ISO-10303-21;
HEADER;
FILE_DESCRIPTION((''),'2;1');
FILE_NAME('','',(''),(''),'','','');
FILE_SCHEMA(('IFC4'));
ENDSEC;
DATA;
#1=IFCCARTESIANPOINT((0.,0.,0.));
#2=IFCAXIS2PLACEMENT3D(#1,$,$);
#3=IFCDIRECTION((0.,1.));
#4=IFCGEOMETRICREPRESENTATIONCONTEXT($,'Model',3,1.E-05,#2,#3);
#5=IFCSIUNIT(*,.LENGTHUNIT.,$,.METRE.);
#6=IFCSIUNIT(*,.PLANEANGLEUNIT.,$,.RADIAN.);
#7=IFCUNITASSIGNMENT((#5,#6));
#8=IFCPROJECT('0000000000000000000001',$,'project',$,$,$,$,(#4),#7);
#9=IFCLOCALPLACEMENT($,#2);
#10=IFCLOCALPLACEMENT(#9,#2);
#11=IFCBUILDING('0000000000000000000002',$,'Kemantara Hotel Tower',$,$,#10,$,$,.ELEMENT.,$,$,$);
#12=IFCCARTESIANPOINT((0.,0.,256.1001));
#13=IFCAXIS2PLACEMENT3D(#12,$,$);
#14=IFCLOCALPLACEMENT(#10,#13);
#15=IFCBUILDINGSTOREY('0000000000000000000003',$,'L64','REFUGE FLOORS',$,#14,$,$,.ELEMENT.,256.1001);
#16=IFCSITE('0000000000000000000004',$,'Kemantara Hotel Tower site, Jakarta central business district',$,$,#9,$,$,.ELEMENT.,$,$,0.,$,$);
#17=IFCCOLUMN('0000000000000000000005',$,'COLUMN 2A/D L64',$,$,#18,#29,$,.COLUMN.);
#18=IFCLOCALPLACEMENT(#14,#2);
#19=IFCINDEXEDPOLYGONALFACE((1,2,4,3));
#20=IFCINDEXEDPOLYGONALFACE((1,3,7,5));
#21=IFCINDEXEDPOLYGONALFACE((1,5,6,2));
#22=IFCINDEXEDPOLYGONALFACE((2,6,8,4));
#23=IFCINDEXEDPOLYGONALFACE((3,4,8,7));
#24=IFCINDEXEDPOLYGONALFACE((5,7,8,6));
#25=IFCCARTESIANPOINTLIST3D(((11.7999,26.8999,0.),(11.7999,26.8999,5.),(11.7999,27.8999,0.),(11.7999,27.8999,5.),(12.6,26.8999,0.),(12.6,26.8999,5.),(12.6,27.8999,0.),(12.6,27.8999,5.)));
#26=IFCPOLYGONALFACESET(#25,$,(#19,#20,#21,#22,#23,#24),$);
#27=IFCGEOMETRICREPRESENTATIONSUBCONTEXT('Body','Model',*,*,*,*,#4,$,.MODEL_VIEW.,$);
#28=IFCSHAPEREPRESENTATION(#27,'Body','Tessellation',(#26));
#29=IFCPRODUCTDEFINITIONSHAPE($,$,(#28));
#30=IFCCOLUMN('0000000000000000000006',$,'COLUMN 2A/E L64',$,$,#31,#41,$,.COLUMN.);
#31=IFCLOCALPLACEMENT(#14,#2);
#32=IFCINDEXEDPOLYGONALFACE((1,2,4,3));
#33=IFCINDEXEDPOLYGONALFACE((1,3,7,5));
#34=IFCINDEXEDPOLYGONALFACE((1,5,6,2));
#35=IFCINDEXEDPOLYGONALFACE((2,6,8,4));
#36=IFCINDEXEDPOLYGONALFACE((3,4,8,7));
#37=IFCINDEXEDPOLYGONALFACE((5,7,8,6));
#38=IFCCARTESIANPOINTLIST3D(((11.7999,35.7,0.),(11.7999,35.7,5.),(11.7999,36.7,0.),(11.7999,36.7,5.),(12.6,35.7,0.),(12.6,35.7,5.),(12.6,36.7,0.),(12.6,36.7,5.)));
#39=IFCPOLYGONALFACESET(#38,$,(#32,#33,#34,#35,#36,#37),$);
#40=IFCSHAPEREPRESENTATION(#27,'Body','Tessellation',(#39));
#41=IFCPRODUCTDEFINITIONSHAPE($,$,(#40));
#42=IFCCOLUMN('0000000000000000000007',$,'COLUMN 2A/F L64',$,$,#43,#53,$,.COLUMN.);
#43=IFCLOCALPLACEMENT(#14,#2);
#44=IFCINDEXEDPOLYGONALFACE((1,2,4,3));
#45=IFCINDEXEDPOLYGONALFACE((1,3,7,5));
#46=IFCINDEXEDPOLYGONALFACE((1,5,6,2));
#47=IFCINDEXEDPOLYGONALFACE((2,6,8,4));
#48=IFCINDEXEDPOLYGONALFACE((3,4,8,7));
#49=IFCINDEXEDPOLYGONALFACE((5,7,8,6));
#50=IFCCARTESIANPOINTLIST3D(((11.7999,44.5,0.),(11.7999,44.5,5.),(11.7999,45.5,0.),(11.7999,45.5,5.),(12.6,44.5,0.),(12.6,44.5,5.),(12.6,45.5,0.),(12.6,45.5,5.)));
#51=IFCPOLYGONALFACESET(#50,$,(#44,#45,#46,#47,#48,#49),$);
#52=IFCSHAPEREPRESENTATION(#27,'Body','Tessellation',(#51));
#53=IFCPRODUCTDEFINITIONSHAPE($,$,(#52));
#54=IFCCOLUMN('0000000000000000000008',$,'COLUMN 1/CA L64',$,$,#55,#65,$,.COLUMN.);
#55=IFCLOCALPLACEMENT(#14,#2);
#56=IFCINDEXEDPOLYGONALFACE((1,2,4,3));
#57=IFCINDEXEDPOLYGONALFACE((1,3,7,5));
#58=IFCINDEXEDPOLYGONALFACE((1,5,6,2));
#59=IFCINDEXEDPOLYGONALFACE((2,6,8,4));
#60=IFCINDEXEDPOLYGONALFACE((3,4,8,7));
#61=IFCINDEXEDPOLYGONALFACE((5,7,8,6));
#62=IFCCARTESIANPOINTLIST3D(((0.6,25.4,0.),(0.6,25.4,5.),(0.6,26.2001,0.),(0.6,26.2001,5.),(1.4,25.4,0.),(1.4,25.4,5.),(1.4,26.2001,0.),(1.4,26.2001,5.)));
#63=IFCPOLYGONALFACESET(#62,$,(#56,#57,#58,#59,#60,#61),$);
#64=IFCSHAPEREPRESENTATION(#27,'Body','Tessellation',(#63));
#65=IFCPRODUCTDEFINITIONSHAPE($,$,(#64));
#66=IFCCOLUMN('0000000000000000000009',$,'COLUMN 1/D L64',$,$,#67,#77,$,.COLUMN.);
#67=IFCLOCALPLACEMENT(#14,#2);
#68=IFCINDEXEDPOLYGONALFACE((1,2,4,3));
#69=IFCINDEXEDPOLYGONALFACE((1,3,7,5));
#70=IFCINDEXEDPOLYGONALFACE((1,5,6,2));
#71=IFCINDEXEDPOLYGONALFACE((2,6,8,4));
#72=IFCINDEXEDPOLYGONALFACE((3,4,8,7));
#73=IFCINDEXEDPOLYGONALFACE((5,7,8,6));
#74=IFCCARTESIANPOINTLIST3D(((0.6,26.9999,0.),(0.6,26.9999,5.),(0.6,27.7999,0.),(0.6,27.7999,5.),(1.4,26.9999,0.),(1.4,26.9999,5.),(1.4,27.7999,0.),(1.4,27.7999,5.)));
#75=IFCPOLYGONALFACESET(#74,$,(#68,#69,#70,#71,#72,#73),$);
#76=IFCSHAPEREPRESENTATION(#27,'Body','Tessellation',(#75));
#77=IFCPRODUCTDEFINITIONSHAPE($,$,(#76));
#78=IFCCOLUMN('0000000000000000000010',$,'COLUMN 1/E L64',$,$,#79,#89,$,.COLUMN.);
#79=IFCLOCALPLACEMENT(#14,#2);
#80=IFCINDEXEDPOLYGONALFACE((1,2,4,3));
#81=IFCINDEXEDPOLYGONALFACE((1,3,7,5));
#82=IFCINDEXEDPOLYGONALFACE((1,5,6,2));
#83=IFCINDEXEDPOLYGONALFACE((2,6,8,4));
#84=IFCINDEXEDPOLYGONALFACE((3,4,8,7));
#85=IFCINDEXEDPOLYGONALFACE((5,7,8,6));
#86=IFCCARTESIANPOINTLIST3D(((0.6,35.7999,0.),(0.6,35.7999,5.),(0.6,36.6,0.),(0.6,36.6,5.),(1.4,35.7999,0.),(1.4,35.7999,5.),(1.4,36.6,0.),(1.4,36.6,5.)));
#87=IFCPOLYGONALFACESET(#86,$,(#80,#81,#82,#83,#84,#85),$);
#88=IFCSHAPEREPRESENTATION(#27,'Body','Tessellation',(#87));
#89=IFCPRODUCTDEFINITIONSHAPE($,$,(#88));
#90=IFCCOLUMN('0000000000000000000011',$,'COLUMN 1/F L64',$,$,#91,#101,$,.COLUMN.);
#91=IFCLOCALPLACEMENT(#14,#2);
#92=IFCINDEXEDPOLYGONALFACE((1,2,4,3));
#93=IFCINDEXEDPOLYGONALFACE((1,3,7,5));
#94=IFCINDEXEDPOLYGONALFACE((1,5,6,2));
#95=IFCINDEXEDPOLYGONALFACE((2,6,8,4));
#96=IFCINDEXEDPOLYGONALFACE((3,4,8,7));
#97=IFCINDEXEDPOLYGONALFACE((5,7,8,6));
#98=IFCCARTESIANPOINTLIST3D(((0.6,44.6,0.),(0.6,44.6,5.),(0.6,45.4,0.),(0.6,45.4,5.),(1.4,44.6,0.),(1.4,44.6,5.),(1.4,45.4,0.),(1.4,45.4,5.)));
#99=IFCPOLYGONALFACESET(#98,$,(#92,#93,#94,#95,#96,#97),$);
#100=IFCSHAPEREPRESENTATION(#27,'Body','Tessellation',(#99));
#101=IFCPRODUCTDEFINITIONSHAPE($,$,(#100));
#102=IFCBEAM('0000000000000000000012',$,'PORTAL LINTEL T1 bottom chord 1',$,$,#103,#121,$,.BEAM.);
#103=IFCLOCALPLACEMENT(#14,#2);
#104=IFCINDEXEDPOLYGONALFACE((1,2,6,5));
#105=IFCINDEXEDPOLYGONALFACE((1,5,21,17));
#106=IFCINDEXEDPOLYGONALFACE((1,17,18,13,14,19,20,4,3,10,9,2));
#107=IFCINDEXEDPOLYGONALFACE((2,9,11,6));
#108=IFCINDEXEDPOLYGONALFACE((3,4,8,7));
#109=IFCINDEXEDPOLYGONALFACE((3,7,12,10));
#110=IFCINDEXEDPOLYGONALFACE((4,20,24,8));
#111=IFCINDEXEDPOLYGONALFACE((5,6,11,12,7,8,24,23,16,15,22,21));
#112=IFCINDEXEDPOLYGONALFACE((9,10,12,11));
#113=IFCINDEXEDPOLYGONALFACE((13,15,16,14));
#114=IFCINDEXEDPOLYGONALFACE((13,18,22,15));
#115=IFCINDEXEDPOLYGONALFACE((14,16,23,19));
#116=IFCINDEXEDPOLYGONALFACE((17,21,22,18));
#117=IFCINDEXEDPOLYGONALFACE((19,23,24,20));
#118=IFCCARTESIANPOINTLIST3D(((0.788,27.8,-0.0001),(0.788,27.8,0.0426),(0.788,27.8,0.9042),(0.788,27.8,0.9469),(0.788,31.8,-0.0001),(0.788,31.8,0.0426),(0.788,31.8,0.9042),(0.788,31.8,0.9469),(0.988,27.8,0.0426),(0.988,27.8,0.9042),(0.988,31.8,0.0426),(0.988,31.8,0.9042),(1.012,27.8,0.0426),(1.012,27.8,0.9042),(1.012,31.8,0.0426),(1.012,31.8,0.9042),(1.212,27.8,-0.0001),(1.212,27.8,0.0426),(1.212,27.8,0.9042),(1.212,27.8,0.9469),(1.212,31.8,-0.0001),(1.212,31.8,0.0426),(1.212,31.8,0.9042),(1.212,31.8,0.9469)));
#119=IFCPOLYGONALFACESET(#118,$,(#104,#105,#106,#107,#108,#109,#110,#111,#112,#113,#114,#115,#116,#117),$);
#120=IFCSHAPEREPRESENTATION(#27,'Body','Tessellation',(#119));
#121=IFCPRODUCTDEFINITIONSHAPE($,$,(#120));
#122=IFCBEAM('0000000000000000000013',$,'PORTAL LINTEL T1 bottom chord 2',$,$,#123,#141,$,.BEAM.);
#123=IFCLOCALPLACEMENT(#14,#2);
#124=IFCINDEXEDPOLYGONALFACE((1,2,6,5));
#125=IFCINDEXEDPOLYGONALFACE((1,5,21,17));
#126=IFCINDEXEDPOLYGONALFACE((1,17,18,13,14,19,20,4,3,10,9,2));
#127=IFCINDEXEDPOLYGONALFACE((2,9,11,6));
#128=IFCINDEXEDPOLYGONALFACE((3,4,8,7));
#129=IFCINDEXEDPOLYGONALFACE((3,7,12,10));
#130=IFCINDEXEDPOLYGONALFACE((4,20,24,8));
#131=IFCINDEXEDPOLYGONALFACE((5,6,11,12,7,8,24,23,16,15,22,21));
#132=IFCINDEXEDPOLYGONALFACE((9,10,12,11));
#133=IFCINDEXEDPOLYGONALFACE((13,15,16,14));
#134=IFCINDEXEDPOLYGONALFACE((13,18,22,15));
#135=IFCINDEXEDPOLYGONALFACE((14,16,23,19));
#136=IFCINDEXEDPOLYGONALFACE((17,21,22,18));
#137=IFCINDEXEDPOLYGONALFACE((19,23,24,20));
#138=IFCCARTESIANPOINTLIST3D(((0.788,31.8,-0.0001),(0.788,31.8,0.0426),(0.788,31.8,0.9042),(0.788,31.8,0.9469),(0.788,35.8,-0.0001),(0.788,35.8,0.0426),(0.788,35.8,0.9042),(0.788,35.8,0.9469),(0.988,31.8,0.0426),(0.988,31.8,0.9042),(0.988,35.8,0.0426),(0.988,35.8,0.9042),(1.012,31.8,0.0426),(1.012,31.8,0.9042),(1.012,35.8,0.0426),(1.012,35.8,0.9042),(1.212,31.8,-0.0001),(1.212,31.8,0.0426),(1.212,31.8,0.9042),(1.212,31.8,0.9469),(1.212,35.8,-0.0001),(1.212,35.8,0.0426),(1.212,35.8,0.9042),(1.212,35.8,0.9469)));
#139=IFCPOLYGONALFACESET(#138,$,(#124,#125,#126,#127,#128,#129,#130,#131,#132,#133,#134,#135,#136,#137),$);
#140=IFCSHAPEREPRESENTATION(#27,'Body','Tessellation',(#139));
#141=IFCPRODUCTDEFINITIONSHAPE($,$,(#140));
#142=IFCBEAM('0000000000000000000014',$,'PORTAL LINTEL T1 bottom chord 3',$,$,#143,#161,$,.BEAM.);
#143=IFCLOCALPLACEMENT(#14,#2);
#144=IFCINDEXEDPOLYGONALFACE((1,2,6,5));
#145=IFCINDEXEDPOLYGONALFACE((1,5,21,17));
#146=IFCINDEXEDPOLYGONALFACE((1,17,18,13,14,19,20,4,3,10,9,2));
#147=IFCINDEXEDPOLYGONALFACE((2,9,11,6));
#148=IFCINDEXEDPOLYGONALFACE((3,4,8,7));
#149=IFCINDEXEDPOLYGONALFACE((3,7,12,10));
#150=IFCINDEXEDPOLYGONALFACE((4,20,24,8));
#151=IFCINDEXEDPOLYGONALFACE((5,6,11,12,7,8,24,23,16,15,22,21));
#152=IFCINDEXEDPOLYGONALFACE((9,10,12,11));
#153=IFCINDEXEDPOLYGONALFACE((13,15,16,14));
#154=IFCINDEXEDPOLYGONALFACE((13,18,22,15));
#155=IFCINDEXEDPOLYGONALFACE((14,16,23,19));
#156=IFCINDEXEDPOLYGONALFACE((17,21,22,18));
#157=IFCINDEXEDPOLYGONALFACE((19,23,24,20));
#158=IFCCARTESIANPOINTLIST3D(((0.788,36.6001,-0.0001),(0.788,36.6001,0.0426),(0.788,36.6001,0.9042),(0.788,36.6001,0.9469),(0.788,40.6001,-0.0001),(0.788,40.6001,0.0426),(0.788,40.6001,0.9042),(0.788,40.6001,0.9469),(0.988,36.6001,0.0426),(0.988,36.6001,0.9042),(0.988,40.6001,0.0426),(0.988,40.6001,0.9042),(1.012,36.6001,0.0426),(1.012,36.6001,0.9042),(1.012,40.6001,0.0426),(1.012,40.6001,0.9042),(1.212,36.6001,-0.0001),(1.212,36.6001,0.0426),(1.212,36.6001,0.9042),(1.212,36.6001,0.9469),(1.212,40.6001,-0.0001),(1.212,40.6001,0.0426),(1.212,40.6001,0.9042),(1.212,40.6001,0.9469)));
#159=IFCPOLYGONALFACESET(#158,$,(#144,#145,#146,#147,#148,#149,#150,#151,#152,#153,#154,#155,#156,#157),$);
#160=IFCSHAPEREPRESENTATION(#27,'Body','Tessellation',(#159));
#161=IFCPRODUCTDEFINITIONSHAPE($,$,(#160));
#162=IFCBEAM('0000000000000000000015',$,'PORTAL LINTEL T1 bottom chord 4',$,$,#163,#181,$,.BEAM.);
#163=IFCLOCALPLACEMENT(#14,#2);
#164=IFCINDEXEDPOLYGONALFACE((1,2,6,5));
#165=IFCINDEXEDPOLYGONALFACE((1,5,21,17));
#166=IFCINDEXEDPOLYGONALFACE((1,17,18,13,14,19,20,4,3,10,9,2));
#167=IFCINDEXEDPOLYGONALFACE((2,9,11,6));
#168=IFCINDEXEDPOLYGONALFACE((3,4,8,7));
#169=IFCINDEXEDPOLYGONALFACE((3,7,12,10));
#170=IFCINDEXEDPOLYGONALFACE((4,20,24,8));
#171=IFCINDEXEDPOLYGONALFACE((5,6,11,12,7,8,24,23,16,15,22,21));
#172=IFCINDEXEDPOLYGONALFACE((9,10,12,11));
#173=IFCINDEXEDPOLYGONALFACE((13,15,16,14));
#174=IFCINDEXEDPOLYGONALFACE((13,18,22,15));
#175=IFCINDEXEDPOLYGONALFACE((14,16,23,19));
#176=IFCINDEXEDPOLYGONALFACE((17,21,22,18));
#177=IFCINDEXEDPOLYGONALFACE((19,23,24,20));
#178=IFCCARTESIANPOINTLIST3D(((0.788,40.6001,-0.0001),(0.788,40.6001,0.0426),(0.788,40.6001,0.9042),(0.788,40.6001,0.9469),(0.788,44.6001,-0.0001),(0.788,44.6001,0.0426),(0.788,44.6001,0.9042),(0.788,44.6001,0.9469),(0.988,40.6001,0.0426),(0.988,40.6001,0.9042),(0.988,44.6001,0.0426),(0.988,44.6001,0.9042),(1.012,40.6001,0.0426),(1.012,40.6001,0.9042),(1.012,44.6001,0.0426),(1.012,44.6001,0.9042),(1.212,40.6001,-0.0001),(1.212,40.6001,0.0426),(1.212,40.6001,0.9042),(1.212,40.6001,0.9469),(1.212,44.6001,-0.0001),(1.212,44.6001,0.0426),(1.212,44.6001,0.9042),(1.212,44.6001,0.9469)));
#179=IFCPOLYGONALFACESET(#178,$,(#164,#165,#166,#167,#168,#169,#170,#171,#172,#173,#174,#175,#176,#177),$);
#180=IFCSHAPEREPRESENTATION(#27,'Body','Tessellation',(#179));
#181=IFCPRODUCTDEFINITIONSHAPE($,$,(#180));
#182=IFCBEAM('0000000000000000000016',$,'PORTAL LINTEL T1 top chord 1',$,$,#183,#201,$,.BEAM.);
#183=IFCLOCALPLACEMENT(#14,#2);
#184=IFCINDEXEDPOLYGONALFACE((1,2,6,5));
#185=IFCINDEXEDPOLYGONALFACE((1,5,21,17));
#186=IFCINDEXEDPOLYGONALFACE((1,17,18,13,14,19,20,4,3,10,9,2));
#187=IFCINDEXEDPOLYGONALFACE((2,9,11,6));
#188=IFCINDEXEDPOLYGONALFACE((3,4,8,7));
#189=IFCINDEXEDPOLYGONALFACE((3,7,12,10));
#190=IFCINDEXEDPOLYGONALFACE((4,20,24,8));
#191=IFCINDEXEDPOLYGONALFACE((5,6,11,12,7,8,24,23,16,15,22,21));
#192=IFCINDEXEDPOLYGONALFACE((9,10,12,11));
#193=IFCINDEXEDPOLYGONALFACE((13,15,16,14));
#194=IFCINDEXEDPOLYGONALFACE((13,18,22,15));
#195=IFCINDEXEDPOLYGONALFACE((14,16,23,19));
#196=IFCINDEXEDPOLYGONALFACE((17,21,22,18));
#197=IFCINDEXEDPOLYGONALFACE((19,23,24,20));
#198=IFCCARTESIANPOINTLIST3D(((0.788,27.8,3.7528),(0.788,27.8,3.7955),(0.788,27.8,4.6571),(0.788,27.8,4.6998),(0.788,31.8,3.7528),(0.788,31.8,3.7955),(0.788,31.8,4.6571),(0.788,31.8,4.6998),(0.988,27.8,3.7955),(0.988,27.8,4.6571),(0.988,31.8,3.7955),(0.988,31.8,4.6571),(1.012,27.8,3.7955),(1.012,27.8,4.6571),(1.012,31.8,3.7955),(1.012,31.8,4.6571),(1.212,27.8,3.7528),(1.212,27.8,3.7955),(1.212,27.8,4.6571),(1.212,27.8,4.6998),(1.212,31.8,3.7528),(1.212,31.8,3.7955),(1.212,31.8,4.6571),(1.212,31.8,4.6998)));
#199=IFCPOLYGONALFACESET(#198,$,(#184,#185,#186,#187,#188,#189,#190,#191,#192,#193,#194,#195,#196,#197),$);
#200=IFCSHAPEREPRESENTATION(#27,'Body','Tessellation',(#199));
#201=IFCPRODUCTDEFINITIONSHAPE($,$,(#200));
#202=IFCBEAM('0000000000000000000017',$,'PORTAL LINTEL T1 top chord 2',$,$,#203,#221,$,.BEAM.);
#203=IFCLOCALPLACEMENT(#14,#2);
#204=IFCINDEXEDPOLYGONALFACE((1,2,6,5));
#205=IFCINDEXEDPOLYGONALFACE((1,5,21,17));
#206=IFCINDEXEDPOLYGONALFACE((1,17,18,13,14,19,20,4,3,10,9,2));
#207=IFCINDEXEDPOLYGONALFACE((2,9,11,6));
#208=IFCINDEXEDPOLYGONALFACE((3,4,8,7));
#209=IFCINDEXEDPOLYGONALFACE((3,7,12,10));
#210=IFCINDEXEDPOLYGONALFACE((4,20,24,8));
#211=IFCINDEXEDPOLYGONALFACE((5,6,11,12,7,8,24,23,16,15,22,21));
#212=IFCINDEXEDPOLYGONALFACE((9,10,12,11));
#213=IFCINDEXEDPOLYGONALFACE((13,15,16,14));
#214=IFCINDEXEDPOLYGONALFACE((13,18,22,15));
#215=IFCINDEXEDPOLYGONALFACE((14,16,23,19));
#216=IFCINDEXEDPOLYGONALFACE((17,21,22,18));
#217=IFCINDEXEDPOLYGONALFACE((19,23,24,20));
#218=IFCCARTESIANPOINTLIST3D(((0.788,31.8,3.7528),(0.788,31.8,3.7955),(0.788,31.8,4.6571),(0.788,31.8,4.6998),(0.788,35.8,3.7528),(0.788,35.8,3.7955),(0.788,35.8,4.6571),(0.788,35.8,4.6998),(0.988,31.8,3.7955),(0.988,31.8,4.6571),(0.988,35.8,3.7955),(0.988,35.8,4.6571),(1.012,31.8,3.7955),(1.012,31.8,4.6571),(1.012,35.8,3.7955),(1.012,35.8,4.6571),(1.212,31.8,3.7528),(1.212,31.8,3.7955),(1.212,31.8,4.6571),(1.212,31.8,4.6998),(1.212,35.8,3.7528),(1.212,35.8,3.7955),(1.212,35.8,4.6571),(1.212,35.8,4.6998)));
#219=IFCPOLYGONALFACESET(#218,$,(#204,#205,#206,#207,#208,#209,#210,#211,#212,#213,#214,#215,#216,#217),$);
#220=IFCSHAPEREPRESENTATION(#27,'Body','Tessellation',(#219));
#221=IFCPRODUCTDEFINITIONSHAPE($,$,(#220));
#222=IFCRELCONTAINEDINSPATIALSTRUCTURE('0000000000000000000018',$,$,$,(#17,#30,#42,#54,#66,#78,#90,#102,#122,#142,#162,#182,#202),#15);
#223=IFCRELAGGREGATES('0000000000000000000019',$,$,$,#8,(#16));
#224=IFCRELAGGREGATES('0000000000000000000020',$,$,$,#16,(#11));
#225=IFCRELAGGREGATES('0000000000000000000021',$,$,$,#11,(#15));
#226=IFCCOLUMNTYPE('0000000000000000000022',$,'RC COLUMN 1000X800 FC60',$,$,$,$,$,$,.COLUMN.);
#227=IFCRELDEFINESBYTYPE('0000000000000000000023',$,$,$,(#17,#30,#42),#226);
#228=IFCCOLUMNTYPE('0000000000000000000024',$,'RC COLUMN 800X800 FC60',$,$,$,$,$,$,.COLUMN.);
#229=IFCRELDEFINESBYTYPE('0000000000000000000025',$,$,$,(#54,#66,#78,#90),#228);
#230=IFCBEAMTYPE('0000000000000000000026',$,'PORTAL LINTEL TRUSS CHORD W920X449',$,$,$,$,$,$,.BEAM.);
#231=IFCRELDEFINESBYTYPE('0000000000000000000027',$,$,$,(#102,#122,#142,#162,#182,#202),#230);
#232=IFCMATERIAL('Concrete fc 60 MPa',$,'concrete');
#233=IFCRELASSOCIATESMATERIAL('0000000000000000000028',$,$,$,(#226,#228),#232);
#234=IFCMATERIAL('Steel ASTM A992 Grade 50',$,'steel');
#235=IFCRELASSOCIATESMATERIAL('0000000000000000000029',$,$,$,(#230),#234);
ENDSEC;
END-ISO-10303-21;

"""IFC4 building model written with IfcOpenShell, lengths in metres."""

from ifc_helpers import new_model, si_unit, direction, frame, origin, origin_2d, place, context, subcontext, project, spatial, rectangle, i_section, extrude, material, material_profile, profile_set, type_object, element, save


model = new_model("IFC4")

# Units and contexts
model_context = context("Model", 3, precision=1e-05, world=origin(), true_north=direction((0.0, 1.0)))
body_context = subcontext(model_context, "Body", "Model", "MODEL_VIEW")
ifc_project = project(units=[si_unit("LENGTHUNIT", "METRE"), si_unit("PLANEANGLEUNIT", "RADIAN")], contexts=[model_context])

# Site, building, storey
site_placement = place(None, origin())
site = spatial("IfcSite", under=ifc_project, at=site_placement, Name="Kemantara Hotel Tower site, Jakarta central business district", CompositionType="ELEMENT", RefElevation=0.0)
building_placement = place(site_placement, origin())
building = spatial("IfcBuilding", under=site, at=building_placement, Name="Kemantara Hotel Tower", CompositionType="ELEMENT")
storey_placement = place(building_placement, frame((0.0, 0.0, 256.1001)))
storey = spatial("IfcBuildingStorey", under=building, at=storey_placement, Name="L64", Description="REFUGE FLOORS", CompositionType="ELEMENT", Elevation=256.1001)

# Columns
ifc_material_1 = material(Name="Concrete fc 60 MPa", Category="concrete")
ifc_material_profile_1 = material_profile(ifc_material_1, rectangle(XDim=1.0, YDim=0.8, at=origin_2d()), Name="RC 1000X800")
ifc_profile_set_1 = profile_set([ifc_material_profile_1], Name="Concrete fc 60 MPa")
column_type_1 = type_object("IfcColumnType", Name="RC COLUMN 1000X800 FC60", PredefinedType="COLUMN", material=ifc_profile_set_1)
for number, where, z_axis, x_axis, name in (
    (1, (12.2, 27.3999, 0.0), (0.0, 0.0, 1.0), (0.0, 1.0, 0.0), "COLUMN 2A/D L64"),
    (2, (12.2, 36.2, 0.0), (0.0, 0.0, 1.0), (0.0, 1.0, 0.0), "COLUMN 2A/E L64"),
    (3, (12.2, 45.0, 0.0), (0.0, 0.0, 1.0), (0.0, 1.0, 0.0), "COLUMN 2A/F L64"),
):
    element("IfcColumn", number, at=place(storey_placement, frame(where, z_axis=z_axis, x_axis=x_axis)), inside=storey, type_object=column_type_1, Name=name, PredefinedType="COLUMN", context=body_context, shape_type="SweptSolid", body=[
        extrude(rectangle(XDim=1.0, YDim=0.8, at=origin_2d()), origin(), (0.0, 0.0, 1.0), 5.0),
    ])
ifc_material_profile_2 = material_profile(ifc_material_1, rectangle(XDim=0.8, YDim=0.8, at=origin_2d()), Name="RC 800X800")
ifc_profile_set_2 = profile_set([ifc_material_profile_2], Name="Concrete fc 60 MPa")
column_type_2 = type_object("IfcColumnType", Name="RC COLUMN 800X800 FC60", PredefinedType="COLUMN", material=ifc_profile_set_2)
for number, where, z_axis, x_axis, name in (
    (4, (1.0, 25.8, 0.0), (0.0, 0.0, 1.0), (1.0, 0.0, 0.0), "COLUMN 1/CA L64"),
    (5, (1.0, 27.3999, 0.0), (0.0, 0.0, 1.0), (1.0, 0.0, 0.0), "COLUMN 1/D L64"),
    (6, (1.0, 36.2, 0.0), (0.0, 0.0, 1.0), (1.0, 0.0, 0.0), "COLUMN 1/E L64"),
    (7, (1.0, 45.0, 0.0), (0.0, 0.0, 1.0), (1.0, 0.0, 0.0), "COLUMN 1/F L64"),
):
    element("IfcColumn", number, at=place(storey_placement, frame(where, z_axis=z_axis, x_axis=x_axis)), inside=storey, type_object=column_type_2, Name=name, PredefinedType="COLUMN", context=body_context, shape_type="SweptSolid", body=[
        extrude(rectangle(XDim=0.8, YDim=0.8, at=origin_2d()), origin(), (0.0, 0.0, 1.0), 5.0),
    ])

# Beams
ifc_material_2 = material(Name="Steel ASTM A992 Grade 50", Category="steel")
ifc_material_profile_3 = material_profile(ifc_material_2, i_section(OverallWidth=0.4241, OverallDepth=0.947, WebThickness=0.0239, FlangeThickness=0.0427, at=origin_2d()), Name="W920X449")
ifc_profile_set_3 = profile_set([ifc_material_profile_3], Name="Steel ASTM A992 Grade 50")
beam_type = type_object("IfcBeamType", Name="PORTAL LINTEL TRUSS CHORD W920X449", PredefinedType="BEAM", material=ifc_profile_set_3)
for number, where, z_axis, x_axis, name in (
    (8, (1.0, 27.8, 0.4734), (0.0, 1.0, 0.0), (-1.0, 0.0, 0.0), "PORTAL LINTEL T1 bottom chord 1"),
    (9, (1.0, 31.8, 0.4734), (0.0, 1.0, 0.0), (-1.0, 0.0, 0.0), "PORTAL LINTEL T1 bottom chord 2"),
    (10, (1.0, 36.6001, 0.4734), (0.0, 1.0, 0.0), (-1.0, 0.0, 0.0), "PORTAL LINTEL T1 bottom chord 3"),
    (11, (1.0, 40.6001, 0.4734), (0.0, 1.0, 0.0), (-1.0, 0.0, 0.0), "PORTAL LINTEL T1 bottom chord 4"),
    (12, (1.0, 27.8, 4.2263), (0.0, 1.0, 0.0), (-1.0, 0.0, 0.0), "PORTAL LINTEL T1 top chord 1"),
    (13, (1.0, 31.8, 4.2263), (0.0, 1.0, 0.0), (-1.0, 0.0, 0.0), "PORTAL LINTEL T1 top chord 2"),
):
    element("IfcBeam", number, at=place(storey_placement, frame(where, z_axis=z_axis, x_axis=x_axis)), inside=storey, type_object=beam_type, Name=name, PredefinedType="BEAM", context=body_context, shape_type="SweptSolid", body=[
        extrude(i_section(OverallWidth=0.4241, OverallDepth=0.947, WebThickness=0.0239, FlangeThickness=0.0427, at=origin_2d()), origin(), (0.0, 0.0, 1.0), 4.0),
    ])

save(model, "model.ifc")
